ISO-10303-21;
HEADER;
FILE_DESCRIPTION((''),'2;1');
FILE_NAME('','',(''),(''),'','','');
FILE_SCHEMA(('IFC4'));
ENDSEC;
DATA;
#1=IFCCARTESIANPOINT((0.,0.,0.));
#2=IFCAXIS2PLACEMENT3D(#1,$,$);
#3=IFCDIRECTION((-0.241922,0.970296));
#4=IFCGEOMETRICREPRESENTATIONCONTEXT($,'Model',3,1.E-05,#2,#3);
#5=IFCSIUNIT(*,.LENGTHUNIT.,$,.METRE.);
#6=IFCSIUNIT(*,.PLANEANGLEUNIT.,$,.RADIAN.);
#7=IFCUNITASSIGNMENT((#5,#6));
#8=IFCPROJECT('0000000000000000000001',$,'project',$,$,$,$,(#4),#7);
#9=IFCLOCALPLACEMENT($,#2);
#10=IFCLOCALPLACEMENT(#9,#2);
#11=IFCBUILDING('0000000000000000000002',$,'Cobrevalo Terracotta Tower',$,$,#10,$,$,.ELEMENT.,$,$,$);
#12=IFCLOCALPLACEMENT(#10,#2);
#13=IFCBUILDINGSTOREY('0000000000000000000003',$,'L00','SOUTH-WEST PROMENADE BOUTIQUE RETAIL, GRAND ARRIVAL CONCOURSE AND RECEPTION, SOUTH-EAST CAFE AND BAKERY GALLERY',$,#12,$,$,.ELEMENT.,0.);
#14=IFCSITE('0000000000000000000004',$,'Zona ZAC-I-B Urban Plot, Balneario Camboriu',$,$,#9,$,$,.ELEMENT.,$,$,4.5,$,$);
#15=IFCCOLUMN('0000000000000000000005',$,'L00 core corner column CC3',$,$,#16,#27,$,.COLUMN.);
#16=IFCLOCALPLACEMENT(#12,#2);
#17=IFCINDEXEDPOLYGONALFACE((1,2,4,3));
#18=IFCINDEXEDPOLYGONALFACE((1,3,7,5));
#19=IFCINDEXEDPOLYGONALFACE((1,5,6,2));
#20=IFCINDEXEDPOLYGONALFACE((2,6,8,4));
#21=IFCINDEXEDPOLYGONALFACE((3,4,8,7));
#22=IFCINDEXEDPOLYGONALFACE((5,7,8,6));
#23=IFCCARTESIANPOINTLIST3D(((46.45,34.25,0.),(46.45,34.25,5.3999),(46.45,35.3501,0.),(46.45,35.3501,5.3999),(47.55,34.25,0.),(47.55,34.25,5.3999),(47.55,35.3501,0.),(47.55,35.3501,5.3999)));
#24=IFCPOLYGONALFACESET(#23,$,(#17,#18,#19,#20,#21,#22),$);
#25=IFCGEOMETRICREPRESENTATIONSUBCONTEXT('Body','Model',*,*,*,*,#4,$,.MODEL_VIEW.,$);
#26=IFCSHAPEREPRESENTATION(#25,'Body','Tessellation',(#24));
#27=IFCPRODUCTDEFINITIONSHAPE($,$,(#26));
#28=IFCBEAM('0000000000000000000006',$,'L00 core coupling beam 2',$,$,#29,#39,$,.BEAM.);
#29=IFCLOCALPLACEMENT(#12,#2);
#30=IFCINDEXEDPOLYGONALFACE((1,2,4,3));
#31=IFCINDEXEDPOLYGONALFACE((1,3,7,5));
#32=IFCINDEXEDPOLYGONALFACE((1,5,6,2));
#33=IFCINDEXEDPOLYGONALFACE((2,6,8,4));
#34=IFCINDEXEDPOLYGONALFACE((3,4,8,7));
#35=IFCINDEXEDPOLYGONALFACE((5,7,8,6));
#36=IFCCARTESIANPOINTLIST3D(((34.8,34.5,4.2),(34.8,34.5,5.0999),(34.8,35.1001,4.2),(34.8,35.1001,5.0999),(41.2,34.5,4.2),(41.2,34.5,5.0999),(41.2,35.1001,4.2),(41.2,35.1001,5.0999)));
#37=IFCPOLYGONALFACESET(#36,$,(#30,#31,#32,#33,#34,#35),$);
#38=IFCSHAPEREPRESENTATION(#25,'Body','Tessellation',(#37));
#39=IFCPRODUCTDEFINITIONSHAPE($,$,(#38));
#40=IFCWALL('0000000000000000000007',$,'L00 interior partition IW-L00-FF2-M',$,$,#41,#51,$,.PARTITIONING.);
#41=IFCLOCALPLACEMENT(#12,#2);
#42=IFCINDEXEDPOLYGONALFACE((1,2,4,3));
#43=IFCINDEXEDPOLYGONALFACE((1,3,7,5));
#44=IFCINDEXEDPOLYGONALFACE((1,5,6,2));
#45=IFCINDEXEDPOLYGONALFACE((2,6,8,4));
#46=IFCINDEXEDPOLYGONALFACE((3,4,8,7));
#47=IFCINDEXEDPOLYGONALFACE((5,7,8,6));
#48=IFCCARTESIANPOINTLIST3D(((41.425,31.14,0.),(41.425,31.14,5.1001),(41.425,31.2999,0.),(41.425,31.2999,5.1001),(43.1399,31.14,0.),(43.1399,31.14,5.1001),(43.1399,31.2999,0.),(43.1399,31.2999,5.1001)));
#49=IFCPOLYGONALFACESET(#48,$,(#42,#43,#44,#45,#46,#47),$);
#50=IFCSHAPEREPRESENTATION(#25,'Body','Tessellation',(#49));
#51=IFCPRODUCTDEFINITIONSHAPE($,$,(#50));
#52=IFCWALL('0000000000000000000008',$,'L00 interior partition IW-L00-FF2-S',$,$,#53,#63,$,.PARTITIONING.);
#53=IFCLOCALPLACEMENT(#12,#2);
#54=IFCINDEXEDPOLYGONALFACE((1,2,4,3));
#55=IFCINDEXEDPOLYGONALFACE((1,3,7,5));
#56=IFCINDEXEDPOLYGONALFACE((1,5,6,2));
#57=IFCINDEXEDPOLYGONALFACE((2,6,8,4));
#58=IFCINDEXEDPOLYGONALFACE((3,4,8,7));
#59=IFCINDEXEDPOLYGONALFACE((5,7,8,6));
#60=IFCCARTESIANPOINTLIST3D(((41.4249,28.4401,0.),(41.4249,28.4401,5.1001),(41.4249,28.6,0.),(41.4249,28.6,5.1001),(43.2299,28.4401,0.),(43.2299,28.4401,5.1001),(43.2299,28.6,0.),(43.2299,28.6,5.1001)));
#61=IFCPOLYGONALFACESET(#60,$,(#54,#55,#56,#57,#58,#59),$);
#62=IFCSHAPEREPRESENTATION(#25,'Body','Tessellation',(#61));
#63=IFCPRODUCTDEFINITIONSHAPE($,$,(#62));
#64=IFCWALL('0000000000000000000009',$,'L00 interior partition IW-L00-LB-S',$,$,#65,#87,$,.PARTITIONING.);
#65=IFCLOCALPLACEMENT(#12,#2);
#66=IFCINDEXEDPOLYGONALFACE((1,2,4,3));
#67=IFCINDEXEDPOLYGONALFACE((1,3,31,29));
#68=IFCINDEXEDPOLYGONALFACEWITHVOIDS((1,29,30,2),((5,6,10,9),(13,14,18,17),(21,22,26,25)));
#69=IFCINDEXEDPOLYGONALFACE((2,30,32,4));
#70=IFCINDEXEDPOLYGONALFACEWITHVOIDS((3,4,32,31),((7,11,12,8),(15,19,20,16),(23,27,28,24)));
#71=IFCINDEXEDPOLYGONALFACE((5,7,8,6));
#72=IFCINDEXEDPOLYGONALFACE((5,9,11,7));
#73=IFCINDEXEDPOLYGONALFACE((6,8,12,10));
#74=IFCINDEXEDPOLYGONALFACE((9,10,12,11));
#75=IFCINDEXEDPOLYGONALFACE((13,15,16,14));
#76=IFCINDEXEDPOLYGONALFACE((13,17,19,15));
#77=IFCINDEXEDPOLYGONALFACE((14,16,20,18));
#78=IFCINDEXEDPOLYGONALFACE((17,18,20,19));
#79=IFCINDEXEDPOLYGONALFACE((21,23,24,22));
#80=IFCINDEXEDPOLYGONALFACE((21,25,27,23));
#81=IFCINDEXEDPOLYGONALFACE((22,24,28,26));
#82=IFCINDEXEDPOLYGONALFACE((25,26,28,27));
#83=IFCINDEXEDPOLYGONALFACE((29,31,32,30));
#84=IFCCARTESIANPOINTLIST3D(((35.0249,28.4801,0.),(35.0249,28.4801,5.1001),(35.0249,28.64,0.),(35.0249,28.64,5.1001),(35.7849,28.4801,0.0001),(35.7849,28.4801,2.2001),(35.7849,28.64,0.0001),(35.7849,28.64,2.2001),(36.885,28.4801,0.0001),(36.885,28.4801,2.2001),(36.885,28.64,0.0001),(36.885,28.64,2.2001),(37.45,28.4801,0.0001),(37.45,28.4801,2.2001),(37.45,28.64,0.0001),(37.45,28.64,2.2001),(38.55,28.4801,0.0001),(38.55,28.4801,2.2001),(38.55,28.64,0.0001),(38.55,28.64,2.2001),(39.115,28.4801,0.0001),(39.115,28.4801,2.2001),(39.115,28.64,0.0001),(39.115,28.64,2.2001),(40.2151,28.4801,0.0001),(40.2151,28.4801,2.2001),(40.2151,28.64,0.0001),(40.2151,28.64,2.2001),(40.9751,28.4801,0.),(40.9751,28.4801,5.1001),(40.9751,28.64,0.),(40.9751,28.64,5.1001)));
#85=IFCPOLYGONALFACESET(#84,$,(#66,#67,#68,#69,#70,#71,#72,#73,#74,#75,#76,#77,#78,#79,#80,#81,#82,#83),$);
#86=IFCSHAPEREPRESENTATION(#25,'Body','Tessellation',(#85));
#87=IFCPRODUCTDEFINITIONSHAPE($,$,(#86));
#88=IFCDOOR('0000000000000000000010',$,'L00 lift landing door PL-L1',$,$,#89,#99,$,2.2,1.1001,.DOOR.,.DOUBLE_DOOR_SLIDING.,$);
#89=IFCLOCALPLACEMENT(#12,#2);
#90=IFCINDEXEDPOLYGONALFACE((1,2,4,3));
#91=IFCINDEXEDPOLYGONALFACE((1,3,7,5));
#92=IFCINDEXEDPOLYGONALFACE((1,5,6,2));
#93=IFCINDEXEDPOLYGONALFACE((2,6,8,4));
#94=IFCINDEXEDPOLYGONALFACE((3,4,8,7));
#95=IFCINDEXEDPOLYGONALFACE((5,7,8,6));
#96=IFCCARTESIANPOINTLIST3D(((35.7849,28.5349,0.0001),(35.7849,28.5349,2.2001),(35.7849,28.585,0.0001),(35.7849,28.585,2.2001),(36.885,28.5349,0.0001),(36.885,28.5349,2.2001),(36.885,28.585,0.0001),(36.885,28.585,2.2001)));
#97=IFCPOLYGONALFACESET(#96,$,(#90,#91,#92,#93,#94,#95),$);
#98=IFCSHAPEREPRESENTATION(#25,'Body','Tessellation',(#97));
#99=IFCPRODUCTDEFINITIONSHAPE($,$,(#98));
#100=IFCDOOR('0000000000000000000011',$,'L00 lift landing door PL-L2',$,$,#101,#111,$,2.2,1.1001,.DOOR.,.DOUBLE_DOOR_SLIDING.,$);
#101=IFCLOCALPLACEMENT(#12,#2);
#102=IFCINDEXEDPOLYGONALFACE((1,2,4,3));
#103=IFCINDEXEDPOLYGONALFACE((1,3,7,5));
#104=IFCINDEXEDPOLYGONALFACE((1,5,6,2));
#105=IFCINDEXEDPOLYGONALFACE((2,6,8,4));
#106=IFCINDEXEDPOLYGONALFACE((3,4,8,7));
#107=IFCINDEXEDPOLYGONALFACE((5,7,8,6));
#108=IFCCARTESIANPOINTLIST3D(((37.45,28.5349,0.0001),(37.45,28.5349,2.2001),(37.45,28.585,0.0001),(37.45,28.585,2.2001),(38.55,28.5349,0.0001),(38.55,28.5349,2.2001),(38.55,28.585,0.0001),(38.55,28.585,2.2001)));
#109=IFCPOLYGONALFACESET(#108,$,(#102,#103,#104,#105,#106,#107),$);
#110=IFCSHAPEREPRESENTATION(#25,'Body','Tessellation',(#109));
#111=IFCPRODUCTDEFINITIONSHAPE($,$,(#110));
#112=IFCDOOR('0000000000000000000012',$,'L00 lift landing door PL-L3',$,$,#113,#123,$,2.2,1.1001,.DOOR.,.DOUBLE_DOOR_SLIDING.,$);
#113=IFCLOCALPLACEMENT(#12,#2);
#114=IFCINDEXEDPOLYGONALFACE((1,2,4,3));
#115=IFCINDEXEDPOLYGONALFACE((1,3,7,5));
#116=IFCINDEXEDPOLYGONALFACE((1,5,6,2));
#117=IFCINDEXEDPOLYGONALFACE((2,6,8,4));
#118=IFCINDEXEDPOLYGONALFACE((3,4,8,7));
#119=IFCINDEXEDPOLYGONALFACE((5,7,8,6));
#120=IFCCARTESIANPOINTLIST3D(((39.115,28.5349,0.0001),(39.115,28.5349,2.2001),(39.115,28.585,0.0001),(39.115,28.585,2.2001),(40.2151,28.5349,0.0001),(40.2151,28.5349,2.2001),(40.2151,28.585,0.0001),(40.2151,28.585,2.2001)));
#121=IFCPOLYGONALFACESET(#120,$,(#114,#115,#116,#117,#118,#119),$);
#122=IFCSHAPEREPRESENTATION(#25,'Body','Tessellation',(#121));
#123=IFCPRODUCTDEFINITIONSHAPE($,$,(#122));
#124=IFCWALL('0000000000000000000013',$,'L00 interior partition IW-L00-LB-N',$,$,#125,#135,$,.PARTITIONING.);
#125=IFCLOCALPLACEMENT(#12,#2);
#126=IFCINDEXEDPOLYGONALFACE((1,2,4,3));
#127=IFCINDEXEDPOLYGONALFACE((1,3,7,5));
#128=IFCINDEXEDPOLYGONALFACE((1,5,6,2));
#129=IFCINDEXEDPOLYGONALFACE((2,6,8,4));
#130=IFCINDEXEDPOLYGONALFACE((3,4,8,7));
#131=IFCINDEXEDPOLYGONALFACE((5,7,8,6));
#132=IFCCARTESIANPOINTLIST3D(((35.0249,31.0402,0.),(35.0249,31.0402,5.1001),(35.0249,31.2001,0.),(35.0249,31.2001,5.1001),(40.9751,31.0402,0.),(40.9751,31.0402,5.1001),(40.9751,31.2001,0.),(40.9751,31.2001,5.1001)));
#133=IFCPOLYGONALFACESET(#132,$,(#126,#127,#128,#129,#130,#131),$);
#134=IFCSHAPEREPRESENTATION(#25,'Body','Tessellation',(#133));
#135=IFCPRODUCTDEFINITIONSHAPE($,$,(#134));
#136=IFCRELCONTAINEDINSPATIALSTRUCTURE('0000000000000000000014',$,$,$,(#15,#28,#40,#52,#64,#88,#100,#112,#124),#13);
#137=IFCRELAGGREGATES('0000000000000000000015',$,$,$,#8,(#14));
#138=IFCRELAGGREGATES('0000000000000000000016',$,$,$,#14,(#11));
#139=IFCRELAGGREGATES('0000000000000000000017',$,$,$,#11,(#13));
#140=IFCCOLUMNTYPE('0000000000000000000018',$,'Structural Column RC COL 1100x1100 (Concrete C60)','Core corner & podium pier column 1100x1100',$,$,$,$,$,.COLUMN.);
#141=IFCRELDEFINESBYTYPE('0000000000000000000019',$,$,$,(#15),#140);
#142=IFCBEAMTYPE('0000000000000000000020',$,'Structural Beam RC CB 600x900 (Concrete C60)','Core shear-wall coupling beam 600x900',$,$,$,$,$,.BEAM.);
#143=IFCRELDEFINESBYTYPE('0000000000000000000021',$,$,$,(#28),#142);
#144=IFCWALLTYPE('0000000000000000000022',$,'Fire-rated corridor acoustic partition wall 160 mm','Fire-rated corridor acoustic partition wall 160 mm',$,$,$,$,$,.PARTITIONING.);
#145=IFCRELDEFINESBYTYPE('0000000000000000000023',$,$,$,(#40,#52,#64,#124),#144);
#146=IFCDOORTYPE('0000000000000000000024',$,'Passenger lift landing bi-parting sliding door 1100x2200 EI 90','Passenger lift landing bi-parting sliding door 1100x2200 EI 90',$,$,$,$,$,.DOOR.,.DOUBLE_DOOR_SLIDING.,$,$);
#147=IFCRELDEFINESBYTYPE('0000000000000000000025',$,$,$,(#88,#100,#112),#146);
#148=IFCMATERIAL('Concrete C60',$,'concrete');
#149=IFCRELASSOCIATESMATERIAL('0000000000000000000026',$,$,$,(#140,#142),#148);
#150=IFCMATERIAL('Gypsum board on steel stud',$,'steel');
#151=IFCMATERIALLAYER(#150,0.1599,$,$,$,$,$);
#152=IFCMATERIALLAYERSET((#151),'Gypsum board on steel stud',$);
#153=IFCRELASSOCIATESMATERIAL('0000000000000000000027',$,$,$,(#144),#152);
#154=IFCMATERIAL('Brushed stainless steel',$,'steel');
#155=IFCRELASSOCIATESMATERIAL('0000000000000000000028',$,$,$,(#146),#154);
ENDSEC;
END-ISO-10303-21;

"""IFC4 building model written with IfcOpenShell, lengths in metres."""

from ifc_helpers import new_model, si_unit, direction, frame, frame_2d, origin, origin_2d, place, context, subcontext, project, spatial, rectangle, extrude, source, transform, mapped, material, layer, layer_set, material_profile, profile_set, type_object, element, fill, save


model = new_model("IFC4")

# Units and contexts
model_context = context("Model", 3, precision=1e-05, world=origin(), true_north=direction((-0.241922, 0.970296)))
body_context = subcontext(model_context, "Body", "Model", "MODEL_VIEW")
ifc_project = project(units=[si_unit("LENGTHUNIT", "METRE"), si_unit("PLANEANGLEUNIT", "RADIAN")], contexts=[model_context])

# Site, building, storey
site_placement = place(None, origin())
site = spatial("IfcSite", under=ifc_project, at=site_placement, Name="Zona ZAC-I-B Urban Plot, Balneario Camboriu", CompositionType="ELEMENT", RefElevation=4.5)
building_placement = place(site_placement, origin())
building = spatial("IfcBuilding", under=site, at=building_placement, Name="Cobrevalo Terracotta Tower", CompositionType="ELEMENT")
storey_placement = place(building_placement, origin())
storey = spatial("IfcBuildingStorey", under=building, at=storey_placement, Name="L00", Description="SOUTH-WEST PROMENADE BOUTIQUE RETAIL, GRAND ARRIVAL CONCOURSE AND RECEPTION, SOUTH-EAST CAFE AND BAKERY GALLERY", CompositionType="ELEMENT", Elevation=0.0)

# Column
ifc_material_1 = material(Name="Concrete C60", Category="concrete")
ifc_material_profile_1 = material_profile(ifc_material_1, rectangle(XDim=1.1001, YDim=1.1001, at=origin_2d()), Name="RC COL 1100x1100")
ifc_profile_set_1 = profile_set([ifc_material_profile_1], Name="Concrete C60")
column_type = type_object("IfcColumnType", Name="Structural Column RC COL 1100x1100 (Concrete C60)", Description="Core corner & podium pier column 1100x1100", PredefinedType="COLUMN", material=ifc_profile_set_1)
column_placement = place(storey_placement, frame((47.0, 34.8, 0.0), z_axis=(0.0, 0.0, 1.0), x_axis=(1.0, 0.0, 0.0)))
element("IfcColumn", 1, at=column_placement, inside=storey, type_object=column_type, Name="L00 core corner column CC3", PredefinedType="COLUMN", context=body_context, shape_type="SweptSolid", body=[
    extrude(rectangle(XDim=1.1001, YDim=1.1001, at=origin_2d()), origin(), (0.0, 0.0, 1.0), 5.3999),
])

# Beam
ifc_material_profile_2 = material_profile(ifc_material_1, rectangle(XDim=0.6001, YDim=0.8999, at=origin_2d()), Name="RC CB 600x900")
ifc_profile_set_2 = profile_set([ifc_material_profile_2], Name="Concrete C60")
beam_type = type_object("IfcBeamType", Name="Structural Beam RC CB 600x900 (Concrete C60)", Description="Core shear-wall coupling beam 600x900", PredefinedType="BEAM", material=ifc_profile_set_2)
beam_placement = place(storey_placement, frame((34.8, 34.8, 4.6499), z_axis=(1.0, 0.0, 0.0), x_axis=(0.0, 1.0, 0.0)))
element("IfcBeam", 2, at=beam_placement, inside=storey, type_object=beam_type, Name="L00 core coupling beam 2", PredefinedType="BEAM", context=body_context, shape_type="SweptSolid", body=[
    extrude(rectangle(XDim=0.6001, YDim=0.8999, at=origin_2d()), origin(), (0.0, 0.0, 1.0), 6.3999),
])

# Walls
ifc_material_2 = material(Name="Gypsum board on steel stud", Category="steel")
ifc_layer_1 = layer(ifc_material_2, 0.1599)
ifc_layer_set_1 = layer_set([ifc_layer_1], Name="Gypsum board on steel stud")
wall_type_1 = type_object("IfcWallType", Name="Fire-rated corridor acoustic partition wall 160 mm", Description="Fire-rated corridor acoustic partition wall 160 mm", PredefinedType="PARTITIONING", material=ifc_layer_set_1)
wall_1_placement = place(storey_placement, frame((41.425, 31.22, 0.0), z_axis=(0.0, 0.0, 1.0), x_axis=(1.0, 0.0, 0.0)))
element("IfcWall", 3, at=wall_1_placement, inside=storey, type_object=wall_type_1, Name="L00 interior partition IW-L00-FF2-M", PredefinedType="PARTITIONING", context=body_context, shape_type="SweptSolid", body=[
    extrude(rectangle(XDim=1.7148, YDim=0.1599, at=frame_2d((0.8574, 0.0))), origin(), (0.0, 0.0, 1.0), 5.1001),
])
wall_2_placement = place(storey_placement, frame((41.425, 28.52, 0.0), z_axis=(0.0, 0.0, 1.0), x_axis=(1.0, 0.0, 0.0)))
element("IfcWall", 4, at=wall_2_placement, inside=storey, type_object=wall_type_1, Name="L00 interior partition IW-L00-FF2-S", PredefinedType="PARTITIONING", context=body_context, shape_type="SweptSolid", body=[
    extrude(rectangle(XDim=1.8049, YDim=0.1599, at=frame_2d((0.9023, 0.0))), origin(), (0.0, 0.0, 1.0), 5.1001),
])

# Wall, openings, doors
wall_3_placement = place(storey_placement, frame((35.0249, 28.5601, 0.0), z_axis=(0.0, 0.0, 1.0), x_axis=(1.0, 0.0, 0.0)))
wall_3 = element("IfcWall", 5, at=wall_3_placement, inside=storey, type_object=wall_type_1, Name="L00 interior partition IW-L00-LB-S", PredefinedType="PARTITIONING", context=body_context, shape_type="SweptSolid", body=[
    extrude(rectangle(XDim=5.9502, YDim=0.1599, at=frame_2d((2.9751, 0.0))), origin(), (0.0, 0.0, 1.0), 5.1001),
])
opening_1_placement = place(wall_3_placement, frame((0.76, 0.0, 0.0)))
opening_1 = element("IfcOpeningElement", 6, at=opening_1_placement, cuts=wall_3, PredefinedType="OPENING", context=body_context, shape_type="SweptSolid", body=[
    extrude(rectangle(XDim=1.1001, YDim=2.2, at=frame_2d((0.55, 1.1001))), frame((0.0, 0.0898, 0.0), z_axis=(0.0, -1.0, 0.0), x_axis=(1.0, 0.0, 0.0)), (0.0, 0.0, 1.0), 0.1799),
])
opening_2_placement = place(wall_3_placement, frame((2.425, 0.0, 0.0)))
opening_2 = element("IfcOpeningElement", 7, at=opening_2_placement, cuts=wall_3, PredefinedType="OPENING", context=body_context, shape_type="SweptSolid", body=[
    extrude(rectangle(XDim=1.1001, YDim=2.2, at=frame_2d((0.55, 1.1001))), frame((0.0, 0.0898, 0.0), z_axis=(0.0, -1.0, 0.0), x_axis=(1.0, 0.0, 0.0)), (0.0, 0.0, 1.0), 0.1799),
])
opening_3_placement = place(wall_3_placement, frame((4.0901, 0.0, 0.0)))
opening_3 = element("IfcOpeningElement", 8, at=opening_3_placement, cuts=wall_3, PredefinedType="OPENING", context=body_context, shape_type="SweptSolid", body=[
    extrude(rectangle(XDim=1.1001, YDim=2.2, at=frame_2d((0.55, 1.1001))), frame((0.0, 0.0898, 0.0), z_axis=(0.0, -1.0, 0.0), x_axis=(1.0, 0.0, 0.0)), (0.0, 0.0, 1.0), 0.1799),
])
ifc_material_3 = material(Name="Brushed stainless steel", Category="steel")
door_type_1 = type_object("IfcDoorType", Name="Passenger lift landing bi-parting sliding door 1100x2200 EI 90", Description="Passenger lift landing bi-parting sliding door 1100x2200 EI 90", OperationType="DOUBLE_DOOR_SLIDING", PredefinedType="DOOR", material=ifc_material_3)
shared_shape_1 = source(origin(), body_context, "Body", "SweptSolid", [
    extrude(rectangle(XDim=1.1001, YDim=2.2, at=frame_2d((0.55, 1.1001))), frame((0.0, 0.0249, 0.0), z_axis=(0.0, -1.0, 0.0), x_axis=(1.0, 0.0, 0.0)), (0.0, 0.0, 1.0), 0.05),
])
door_1_placement = place(opening_1_placement, origin())
door_1 = element("IfcDoor", 9, at=door_1_placement, inside=storey, type_object=door_type_1, Name="L00 lift landing door PL-L1", OperationType="DOUBLE_DOOR_SLIDING", OverallHeight=2.2, OverallWidth=1.1001, PredefinedType="DOOR", context=body_context, shape_type="MappedRepresentation", body=[
    mapped(shared_shape_1, transform((0.0, 0.0, 0.0), scale=1.0)),
])
fill(opening_1, door_1)
door_2_placement = place(opening_2_placement, origin())
door_2 = element("IfcDoor", 10, at=door_2_placement, inside=storey, type_object=door_type_1, Name="L00 lift landing door PL-L2", OperationType="DOUBLE_DOOR_SLIDING", OverallHeight=2.2, OverallWidth=1.1001, PredefinedType="DOOR", context=body_context, shape_type="MappedRepresentation", body=[
    mapped(shared_shape_1, transform((0.0, 0.0, 0.0), scale=1.0)),
])
fill(opening_2, door_2)
door_3_placement = place(opening_3_placement, origin())
door_3 = element("IfcDoor", 11, at=door_3_placement, inside=storey, type_object=door_type_1, Name="L00 lift landing door PL-L3", OperationType="DOUBLE_DOOR_SLIDING", OverallHeight=2.2, OverallWidth=1.1001, PredefinedType="DOOR", context=body_context, shape_type="MappedRepresentation", body=[
    mapped(shared_shape_1, transform((0.0, 0.0, 0.0), scale=1.0)),
])
fill(opening_3, door_3)

# Wall
wall_4_placement = place(storey_placement, frame((35.0249, 31.1201, 0.0), z_axis=(0.0, 0.0, 1.0), x_axis=(1.0, 0.0, 0.0)))
element("IfcWall", 12, at=wall_4_placement, inside=storey, type_object=wall_type_1, Name="L00 interior partition IW-L00-LB-N", PredefinedType="PARTITIONING", context=body_context, shape_type="SweptSolid", body=[
    extrude(rectangle(XDim=5.9502, YDim=0.1599, at=frame_2d((2.9751, 0.0))), origin(), (0.0, 0.0, 1.0), 5.1001),
])

save(model, "model.ifc")
